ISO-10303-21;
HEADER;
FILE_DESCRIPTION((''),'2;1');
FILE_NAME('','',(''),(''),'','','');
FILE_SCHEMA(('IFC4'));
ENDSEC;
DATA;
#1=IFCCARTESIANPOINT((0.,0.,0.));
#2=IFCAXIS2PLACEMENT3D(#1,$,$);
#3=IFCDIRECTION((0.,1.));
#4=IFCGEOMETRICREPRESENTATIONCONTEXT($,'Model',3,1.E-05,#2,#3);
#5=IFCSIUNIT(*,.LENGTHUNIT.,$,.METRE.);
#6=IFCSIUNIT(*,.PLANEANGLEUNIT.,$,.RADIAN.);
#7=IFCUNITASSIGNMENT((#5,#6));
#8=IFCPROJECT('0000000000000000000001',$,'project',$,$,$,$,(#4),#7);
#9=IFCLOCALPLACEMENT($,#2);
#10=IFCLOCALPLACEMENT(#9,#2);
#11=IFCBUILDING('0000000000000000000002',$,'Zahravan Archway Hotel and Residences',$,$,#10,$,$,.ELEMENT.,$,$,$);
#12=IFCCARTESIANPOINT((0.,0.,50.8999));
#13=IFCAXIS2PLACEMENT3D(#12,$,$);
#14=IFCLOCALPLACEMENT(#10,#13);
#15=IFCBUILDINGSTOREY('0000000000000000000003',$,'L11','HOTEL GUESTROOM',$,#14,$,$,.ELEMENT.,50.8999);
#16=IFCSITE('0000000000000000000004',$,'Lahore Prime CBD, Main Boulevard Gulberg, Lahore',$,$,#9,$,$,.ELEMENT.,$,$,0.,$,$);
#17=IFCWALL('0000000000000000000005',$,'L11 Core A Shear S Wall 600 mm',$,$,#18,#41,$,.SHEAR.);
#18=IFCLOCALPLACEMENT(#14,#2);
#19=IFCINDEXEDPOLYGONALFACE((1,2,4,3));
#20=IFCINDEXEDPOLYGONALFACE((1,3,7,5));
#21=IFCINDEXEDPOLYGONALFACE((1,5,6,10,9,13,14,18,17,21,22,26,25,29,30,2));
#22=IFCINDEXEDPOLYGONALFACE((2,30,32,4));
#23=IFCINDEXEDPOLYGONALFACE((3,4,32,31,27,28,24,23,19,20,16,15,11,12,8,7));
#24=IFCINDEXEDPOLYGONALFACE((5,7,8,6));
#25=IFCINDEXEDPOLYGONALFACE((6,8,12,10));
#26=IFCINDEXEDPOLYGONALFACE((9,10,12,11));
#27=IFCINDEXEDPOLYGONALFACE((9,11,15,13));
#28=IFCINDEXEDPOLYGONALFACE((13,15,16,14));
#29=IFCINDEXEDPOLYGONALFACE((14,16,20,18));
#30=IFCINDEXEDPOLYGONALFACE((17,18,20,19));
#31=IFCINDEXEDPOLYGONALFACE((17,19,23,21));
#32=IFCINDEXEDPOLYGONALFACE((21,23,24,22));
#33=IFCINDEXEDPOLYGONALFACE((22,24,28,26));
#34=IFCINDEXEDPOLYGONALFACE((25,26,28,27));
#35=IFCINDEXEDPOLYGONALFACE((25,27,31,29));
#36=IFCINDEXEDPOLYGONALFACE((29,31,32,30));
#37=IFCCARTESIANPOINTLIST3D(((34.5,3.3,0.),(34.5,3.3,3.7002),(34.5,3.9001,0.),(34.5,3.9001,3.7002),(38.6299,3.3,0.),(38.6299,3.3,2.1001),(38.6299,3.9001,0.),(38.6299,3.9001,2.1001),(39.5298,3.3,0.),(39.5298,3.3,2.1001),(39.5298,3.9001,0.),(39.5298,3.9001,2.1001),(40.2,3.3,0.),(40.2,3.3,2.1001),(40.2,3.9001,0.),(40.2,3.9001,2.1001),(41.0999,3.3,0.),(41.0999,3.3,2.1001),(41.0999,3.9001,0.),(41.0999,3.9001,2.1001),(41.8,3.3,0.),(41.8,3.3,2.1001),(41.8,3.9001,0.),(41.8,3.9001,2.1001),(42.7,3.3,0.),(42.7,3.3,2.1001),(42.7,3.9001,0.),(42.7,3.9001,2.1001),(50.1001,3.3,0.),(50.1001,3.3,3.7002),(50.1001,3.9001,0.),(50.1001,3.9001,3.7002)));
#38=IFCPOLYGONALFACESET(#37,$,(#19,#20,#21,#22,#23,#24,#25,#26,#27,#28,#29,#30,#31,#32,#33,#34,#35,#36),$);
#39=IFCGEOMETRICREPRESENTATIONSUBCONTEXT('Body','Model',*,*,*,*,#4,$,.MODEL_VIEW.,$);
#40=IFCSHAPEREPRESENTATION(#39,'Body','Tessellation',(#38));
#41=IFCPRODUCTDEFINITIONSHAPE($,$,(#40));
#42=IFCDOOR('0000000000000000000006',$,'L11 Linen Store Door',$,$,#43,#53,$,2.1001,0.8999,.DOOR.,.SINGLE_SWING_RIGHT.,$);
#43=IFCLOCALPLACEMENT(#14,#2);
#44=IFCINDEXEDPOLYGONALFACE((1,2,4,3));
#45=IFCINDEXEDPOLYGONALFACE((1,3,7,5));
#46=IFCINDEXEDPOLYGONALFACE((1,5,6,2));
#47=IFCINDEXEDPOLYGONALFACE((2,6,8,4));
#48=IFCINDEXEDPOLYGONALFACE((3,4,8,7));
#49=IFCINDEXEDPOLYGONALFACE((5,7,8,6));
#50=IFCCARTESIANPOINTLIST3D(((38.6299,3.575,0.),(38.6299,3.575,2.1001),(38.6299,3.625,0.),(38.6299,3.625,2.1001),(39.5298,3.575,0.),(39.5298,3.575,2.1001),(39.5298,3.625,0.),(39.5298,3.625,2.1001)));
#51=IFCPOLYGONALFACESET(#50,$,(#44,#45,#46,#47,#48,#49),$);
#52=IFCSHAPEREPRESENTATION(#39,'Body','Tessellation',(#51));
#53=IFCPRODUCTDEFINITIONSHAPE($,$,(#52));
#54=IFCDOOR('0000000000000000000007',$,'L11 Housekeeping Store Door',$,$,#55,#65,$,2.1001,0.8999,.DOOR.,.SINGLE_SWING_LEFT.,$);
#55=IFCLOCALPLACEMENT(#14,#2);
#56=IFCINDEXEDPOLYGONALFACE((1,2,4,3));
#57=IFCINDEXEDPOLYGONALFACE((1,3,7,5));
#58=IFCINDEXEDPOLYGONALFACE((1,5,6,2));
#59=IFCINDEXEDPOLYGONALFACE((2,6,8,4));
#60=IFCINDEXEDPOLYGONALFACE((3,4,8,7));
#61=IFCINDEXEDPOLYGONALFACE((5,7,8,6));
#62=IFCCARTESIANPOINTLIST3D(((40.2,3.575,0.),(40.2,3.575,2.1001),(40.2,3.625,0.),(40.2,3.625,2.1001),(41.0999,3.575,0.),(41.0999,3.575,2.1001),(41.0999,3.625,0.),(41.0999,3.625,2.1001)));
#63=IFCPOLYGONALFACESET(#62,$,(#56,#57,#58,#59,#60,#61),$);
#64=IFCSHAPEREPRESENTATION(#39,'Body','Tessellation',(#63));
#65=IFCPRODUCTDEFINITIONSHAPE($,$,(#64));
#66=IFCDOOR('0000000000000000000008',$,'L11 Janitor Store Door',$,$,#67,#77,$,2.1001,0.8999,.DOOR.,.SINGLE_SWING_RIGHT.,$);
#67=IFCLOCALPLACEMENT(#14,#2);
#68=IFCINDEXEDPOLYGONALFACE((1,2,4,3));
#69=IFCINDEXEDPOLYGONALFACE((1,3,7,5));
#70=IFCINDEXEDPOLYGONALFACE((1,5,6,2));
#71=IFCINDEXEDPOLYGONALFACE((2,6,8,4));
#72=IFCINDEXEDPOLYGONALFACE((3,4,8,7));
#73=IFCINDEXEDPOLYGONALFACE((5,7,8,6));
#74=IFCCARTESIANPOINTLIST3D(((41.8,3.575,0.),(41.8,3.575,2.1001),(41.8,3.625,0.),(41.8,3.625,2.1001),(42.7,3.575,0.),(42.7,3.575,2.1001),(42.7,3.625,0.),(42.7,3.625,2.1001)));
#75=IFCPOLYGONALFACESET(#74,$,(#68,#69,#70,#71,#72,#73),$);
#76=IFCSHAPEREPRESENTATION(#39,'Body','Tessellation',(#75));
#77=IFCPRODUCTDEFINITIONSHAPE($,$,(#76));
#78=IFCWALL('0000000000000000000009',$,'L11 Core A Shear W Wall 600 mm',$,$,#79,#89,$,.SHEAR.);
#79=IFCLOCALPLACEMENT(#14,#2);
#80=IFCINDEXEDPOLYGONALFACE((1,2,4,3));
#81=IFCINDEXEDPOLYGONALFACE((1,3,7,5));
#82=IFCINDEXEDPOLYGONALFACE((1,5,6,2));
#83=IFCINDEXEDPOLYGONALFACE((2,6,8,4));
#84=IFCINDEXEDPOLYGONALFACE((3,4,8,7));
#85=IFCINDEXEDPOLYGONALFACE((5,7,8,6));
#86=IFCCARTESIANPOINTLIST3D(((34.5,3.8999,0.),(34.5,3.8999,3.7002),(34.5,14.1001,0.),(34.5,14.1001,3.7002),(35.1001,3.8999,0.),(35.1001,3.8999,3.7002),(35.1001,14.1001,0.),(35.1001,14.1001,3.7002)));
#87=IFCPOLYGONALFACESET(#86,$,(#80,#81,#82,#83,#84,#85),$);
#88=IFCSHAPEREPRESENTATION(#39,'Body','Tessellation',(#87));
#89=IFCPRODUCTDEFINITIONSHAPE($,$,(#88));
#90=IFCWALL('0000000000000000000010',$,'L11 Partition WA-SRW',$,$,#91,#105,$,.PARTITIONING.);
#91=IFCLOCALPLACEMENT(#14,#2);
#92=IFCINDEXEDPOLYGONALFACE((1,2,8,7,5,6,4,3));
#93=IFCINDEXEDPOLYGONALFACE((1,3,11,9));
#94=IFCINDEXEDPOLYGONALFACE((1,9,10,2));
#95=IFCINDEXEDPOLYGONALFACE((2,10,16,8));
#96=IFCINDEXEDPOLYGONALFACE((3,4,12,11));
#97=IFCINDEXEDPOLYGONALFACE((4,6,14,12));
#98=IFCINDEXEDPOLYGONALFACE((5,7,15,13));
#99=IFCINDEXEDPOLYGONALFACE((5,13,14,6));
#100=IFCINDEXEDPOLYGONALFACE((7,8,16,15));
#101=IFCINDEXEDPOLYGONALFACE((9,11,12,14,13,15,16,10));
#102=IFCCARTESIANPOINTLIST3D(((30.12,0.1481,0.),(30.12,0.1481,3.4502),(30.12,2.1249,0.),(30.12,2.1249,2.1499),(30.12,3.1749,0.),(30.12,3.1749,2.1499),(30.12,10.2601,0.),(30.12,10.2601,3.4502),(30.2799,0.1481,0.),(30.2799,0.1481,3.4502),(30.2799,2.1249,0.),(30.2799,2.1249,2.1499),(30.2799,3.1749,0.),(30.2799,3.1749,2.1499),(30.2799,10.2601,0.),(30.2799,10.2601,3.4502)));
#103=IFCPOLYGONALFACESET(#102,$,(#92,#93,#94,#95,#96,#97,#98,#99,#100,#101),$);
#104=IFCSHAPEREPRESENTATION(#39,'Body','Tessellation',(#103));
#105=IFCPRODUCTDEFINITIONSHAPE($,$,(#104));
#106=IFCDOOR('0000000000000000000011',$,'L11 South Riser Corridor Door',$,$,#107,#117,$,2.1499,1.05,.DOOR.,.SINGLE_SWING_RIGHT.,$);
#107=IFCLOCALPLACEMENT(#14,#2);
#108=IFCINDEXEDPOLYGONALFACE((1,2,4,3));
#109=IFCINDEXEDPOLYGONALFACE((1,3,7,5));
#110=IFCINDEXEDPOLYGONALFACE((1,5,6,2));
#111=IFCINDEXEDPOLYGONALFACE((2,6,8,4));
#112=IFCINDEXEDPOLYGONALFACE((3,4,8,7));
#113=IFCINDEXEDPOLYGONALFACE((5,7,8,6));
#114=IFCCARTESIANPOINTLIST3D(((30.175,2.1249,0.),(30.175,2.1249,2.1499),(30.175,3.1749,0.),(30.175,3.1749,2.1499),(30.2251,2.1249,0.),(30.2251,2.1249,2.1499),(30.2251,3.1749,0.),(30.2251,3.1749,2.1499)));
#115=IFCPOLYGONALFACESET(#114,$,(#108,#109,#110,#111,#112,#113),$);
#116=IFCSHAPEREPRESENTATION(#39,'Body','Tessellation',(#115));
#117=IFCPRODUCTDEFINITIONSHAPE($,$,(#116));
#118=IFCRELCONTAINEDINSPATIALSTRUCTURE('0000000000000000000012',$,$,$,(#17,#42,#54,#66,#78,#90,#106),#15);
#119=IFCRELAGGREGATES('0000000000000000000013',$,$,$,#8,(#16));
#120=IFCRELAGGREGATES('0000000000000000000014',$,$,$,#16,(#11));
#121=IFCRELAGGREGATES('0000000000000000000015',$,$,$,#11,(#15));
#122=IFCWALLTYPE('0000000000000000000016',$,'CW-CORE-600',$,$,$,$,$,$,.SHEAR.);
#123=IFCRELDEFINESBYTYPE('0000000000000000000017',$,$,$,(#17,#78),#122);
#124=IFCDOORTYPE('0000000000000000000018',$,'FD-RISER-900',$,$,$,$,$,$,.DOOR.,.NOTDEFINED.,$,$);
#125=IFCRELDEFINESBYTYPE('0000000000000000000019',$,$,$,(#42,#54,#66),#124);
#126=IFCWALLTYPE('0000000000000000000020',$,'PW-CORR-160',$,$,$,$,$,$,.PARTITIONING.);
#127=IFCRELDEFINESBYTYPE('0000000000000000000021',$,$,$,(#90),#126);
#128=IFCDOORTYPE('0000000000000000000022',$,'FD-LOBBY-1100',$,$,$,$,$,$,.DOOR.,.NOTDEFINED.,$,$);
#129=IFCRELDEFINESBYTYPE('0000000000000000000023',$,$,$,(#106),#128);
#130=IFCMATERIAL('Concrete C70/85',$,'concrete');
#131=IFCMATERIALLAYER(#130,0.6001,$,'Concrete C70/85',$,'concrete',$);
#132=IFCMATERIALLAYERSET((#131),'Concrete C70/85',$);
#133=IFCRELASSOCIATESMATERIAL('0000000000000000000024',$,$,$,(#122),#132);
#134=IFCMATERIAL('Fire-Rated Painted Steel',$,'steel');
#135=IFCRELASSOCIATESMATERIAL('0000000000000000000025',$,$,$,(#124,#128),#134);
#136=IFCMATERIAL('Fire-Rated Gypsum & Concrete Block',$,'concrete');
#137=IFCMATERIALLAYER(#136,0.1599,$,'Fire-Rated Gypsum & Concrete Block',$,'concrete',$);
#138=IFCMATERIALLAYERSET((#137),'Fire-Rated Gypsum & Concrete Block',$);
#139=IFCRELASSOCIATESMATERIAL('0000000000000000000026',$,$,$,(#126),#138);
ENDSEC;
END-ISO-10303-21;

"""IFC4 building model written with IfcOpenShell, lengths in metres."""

from ifc_helpers import new_model, si_unit, direction, frame, frame_2d, origin, place, context, subcontext, project, spatial, rectangle, extrude, source, transform, mapped, material, layer, layer_set, type_object, type_shapes, element, fill, save


model = new_model("IFC4")

# Units and contexts
model_context = context("Model", 3, precision=1e-05, world=origin(), true_north=direction((0.0, 1.0)))
body_context = subcontext(model_context, "Body", "Model", "MODEL_VIEW")
ifc_project = project(units=[si_unit("LENGTHUNIT", "METRE"), si_unit("PLANEANGLEUNIT", "RADIAN")], contexts=[model_context])

# Site, building, storey
site_placement = place(None, origin())
site = spatial("IfcSite", under=ifc_project, at=site_placement, Name="Lahore Prime CBD, Main Boulevard Gulberg, Lahore", CompositionType="ELEMENT", RefElevation=0.0)
building_placement = place(site_placement, origin())
building = spatial("IfcBuilding", under=site, at=building_placement, Name="Zahravan Archway Hotel and Residences", CompositionType="ELEMENT")
storey_placement = place(building_placement, frame((0.0, 0.0, 50.8999)))
storey = spatial("IfcBuildingStorey", under=building, at=storey_placement, Name="L11", Description="HOTEL GUESTROOM", CompositionType="ELEMENT", Elevation=50.8999)

# Shared definitions
ifc_material_1 = material(Name="Concrete C70/85", Category="concrete")

# Wall, openings, doors
ifc_layer_1 = layer(ifc_material_1, 0.6001, Name="Concrete C70/85", Category="concrete")
ifc_layer_set_1 = layer_set([ifc_layer_1], Name="Concrete C70/85")
wall_type_1 = type_object("IfcWallType", Name="CW-CORE-600", PredefinedType="SHEAR", material=ifc_layer_set_1)
wall_1_placement = place(storey_placement, frame((34.5, 3.6001, 0.0), z_axis=(0.0, 0.0, 1.0), x_axis=(1.0, 0.0, 0.0)))
wall_1 = element("IfcWall", 1, at=wall_1_placement, inside=storey, type_object=wall_type_1, Name="L11 Core A Shear S Wall 600 mm", PredefinedType="SHEAR", context=body_context, shape_type="SweptSolid", body=[
    extrude(rectangle(XDim=15.6001, YDim=0.6001, at=frame_2d((7.8, 0.0))), origin(), (0.0, 0.0, 1.0), 3.7002),
])
opening_1_placement = place(wall_1_placement, frame((4.1299, 0.0, 0.0)))
opening_1 = element("IfcOpeningElement", 2, at=opening_1_placement, cuts=wall_1, PredefinedType="OPENING", context=body_context, shape_type="SweptSolid", body=[
    extrude(rectangle(XDim=0.8999, YDim=2.1001, at=frame_2d((0.45, 1.05))), frame((0.0, 0.3101, 0.0), z_axis=(0.0, -1.0, 0.0), x_axis=(1.0, 0.0, 0.0)), (0.0, 0.0, 1.0), 0.6201),
])
opening_2_placement = place(wall_1_placement, frame((5.7, 0.0, 0.0)))
opening_2 = element("IfcOpeningElement", 3, at=opening_2_placement, cuts=wall_1, PredefinedType="OPENING", context=body_context, shape_type="SweptSolid", body=[
    extrude(rectangle(XDim=0.8999, YDim=2.1001, at=frame_2d((0.45, 1.05))), frame((0.0, 0.3101, 0.0), z_axis=(0.0, -1.0, 0.0), x_axis=(1.0, 0.0, 0.0)), (0.0, 0.0, 1.0), 0.6201),
])
opening_3_placement = place(wall_1_placement, frame((7.3, 0.0, 0.0)))
opening_3 = element("IfcOpeningElement", 4, at=opening_3_placement, cuts=wall_1, PredefinedType="OPENING", context=body_context, shape_type="SweptSolid", body=[
    extrude(rectangle(XDim=0.8999, YDim=2.1001, at=frame_2d((0.45, 1.05))), frame((0.0, 0.3101, 0.0), z_axis=(0.0, -1.0, 0.0), x_axis=(1.0, 0.0, 0.0)), (0.0, 0.0, 1.0), 0.6201),
])
ifc_material_2 = material(Name="Fire-Rated Painted Steel", Category="steel")
door_type_1 = type_object("IfcDoorType", Name="FD-RISER-900", OperationType="NOTDEFINED", PredefinedType="DOOR", material=ifc_material_2)
shared_shape_1 = source(origin(), body_context, "Body", "SweptSolid", [
    extrude(rectangle(XDim=0.8999, YDim=2.1001, at=frame_2d((0.45, 1.05))), frame((0.0, 0.0249, 0.0), z_axis=(0.0, -1.0, 0.0), x_axis=(1.0, 0.0, 0.0)), (0.0, 0.0, 1.0), 0.05),
])
type_shapes(door_type_1, [shared_shape_1])
door_1_placement = place(opening_1_placement, origin())
door_1 = element("IfcDoor", 5, at=door_1_placement, inside=storey, type_object=door_type_1, Name="L11 Linen Store Door", OperationType="SINGLE_SWING_RIGHT", OverallHeight=2.1001, OverallWidth=0.8999, PredefinedType="DOOR", context=body_context, shape_type="MappedRepresentation", body=[
    mapped(shared_shape_1, transform((0.0, 0.0, 0.0), scale=1.0)),
])
fill(opening_1, door_1)
door_2_placement = place(opening_2_placement, origin())
door_2 = element("IfcDoor", 6, at=door_2_placement, inside=storey, type_object=door_type_1, Name="L11 Housekeeping Store Door", OperationType="SINGLE_SWING_LEFT", OverallHeight=2.1001, OverallWidth=0.8999, PredefinedType="DOOR", context=body_context, shape_type="MappedRepresentation", body=[
    mapped(shared_shape_1, transform((0.0, 0.0, 0.0), scale=1.0)),
])
fill(opening_2, door_2)
door_3_placement = place(opening_3_placement, origin())
door_3 = element("IfcDoor", 7, at=door_3_placement, inside=storey, type_object=door_type_1, Name="L11 Janitor Store Door", OperationType="SINGLE_SWING_RIGHT", OverallHeight=2.1001, OverallWidth=0.8999, PredefinedType="DOOR", context=body_context, shape_type="MappedRepresentation", body=[
    mapped(shared_shape_1, transform((0.0, 0.0, 0.0), scale=1.0)),
])
fill(opening_3, door_3)

# Wall
wall_2_placement = place(storey_placement, frame((34.8, 3.8999, 0.0), z_axis=(0.0, 0.0, 1.0), x_axis=(0.0, 1.0, 0.0)))
element("IfcWall", 8, at=wall_2_placement, inside=storey, type_object=wall_type_1, Name="L11 Core A Shear W Wall 600 mm", PredefinedType="SHEAR", context=body_context, shape_type="SweptSolid", body=[
    extrude(rectangle(XDim=10.2002, YDim=0.6001, at=frame_2d((5.1001, 0.0))), origin(), (0.0, 0.0, 1.0), 3.7002),
])

# Wall, opening, door
ifc_material_3 = material(Name="Fire-Rated Gypsum & Concrete Block", Category="concrete")
ifc_layer_2 = layer(ifc_material_3, 0.1599, Name="Fire-Rated Gypsum & Concrete Block", Category="concrete")
ifc_layer_set_2 = layer_set([ifc_layer_2], Name="Fire-Rated Gypsum & Concrete Block")
wall_type_2 = type_object("IfcWallType", Name="PW-CORR-160", PredefinedType="PARTITIONING", material=ifc_layer_set_2)
wall_3_placement = place(storey_placement, frame((30.2, 0.1479, 0.0), z_axis=(0.0, 0.0, 1.0), x_axis=(0.0, 1.0, 0.0)))
wall_3 = element("IfcWall", 9, at=wall_3_placement, inside=storey, type_object=wall_type_2, Name="L11 Partition WA-SRW", PredefinedType="PARTITIONING", context=body_context, shape_type="SweptSolid", body=[
    extrude(rectangle(XDim=10.1121, YDim=0.1599, at=frame_2d((5.0562, 0.0))), origin(), (0.0, 0.0, 1.0), 3.4502),
])
opening_4_placement = place(wall_3_placement, frame((1.9771, 0.0, 0.0)))
opening_4 = element("IfcOpeningElement", 10, at=opening_4_placement, cuts=wall_3, PredefinedType="OPENING", context=body_context, shape_type="SweptSolid", body=[
    extrude(rectangle(XDim=1.05, YDim=2.1499, at=frame_2d((0.5249, 1.075))), frame((0.0, 0.0898, 0.0), z_axis=(0.0, -1.0, 0.0), x_axis=(1.0, 0.0, 0.0)), (0.0, 0.0, 1.0), 0.1799),
])
door_type_2 = type_object("IfcDoorType", Name="FD-LOBBY-1100", OperationType="NOTDEFINED", PredefinedType="DOOR", material=ifc_material_2)
shared_shape_2 = source(origin(), body_context, "Body", "SweptSolid", [
    extrude(rectangle(XDim=1.05, YDim=2.1499, at=frame_2d((0.5249, 1.075))), frame((0.0, 0.0249, 0.0), z_axis=(0.0, -1.0, 0.0), x_axis=(1.0, 0.0, 0.0)), (0.0, 0.0, 1.0), 0.05),
])
type_shapes(door_type_2, [shared_shape_2])
door_4_placement = place(opening_4_placement, origin())
door_4 = element("IfcDoor", 11, at=door_4_placement, inside=storey, type_object=door_type_2, Name="L11 South Riser Corridor Door", OperationType="SINGLE_SWING_RIGHT", OverallHeight=2.1499, OverallWidth=1.05, PredefinedType="DOOR", context=body_context, shape_type="MappedRepresentation", body=[
    mapped(shared_shape_2, transform((0.0, 0.0, 0.0), scale=1.0)),
])
fill(opening_4, door_4)

save(model, "model.ifc")
